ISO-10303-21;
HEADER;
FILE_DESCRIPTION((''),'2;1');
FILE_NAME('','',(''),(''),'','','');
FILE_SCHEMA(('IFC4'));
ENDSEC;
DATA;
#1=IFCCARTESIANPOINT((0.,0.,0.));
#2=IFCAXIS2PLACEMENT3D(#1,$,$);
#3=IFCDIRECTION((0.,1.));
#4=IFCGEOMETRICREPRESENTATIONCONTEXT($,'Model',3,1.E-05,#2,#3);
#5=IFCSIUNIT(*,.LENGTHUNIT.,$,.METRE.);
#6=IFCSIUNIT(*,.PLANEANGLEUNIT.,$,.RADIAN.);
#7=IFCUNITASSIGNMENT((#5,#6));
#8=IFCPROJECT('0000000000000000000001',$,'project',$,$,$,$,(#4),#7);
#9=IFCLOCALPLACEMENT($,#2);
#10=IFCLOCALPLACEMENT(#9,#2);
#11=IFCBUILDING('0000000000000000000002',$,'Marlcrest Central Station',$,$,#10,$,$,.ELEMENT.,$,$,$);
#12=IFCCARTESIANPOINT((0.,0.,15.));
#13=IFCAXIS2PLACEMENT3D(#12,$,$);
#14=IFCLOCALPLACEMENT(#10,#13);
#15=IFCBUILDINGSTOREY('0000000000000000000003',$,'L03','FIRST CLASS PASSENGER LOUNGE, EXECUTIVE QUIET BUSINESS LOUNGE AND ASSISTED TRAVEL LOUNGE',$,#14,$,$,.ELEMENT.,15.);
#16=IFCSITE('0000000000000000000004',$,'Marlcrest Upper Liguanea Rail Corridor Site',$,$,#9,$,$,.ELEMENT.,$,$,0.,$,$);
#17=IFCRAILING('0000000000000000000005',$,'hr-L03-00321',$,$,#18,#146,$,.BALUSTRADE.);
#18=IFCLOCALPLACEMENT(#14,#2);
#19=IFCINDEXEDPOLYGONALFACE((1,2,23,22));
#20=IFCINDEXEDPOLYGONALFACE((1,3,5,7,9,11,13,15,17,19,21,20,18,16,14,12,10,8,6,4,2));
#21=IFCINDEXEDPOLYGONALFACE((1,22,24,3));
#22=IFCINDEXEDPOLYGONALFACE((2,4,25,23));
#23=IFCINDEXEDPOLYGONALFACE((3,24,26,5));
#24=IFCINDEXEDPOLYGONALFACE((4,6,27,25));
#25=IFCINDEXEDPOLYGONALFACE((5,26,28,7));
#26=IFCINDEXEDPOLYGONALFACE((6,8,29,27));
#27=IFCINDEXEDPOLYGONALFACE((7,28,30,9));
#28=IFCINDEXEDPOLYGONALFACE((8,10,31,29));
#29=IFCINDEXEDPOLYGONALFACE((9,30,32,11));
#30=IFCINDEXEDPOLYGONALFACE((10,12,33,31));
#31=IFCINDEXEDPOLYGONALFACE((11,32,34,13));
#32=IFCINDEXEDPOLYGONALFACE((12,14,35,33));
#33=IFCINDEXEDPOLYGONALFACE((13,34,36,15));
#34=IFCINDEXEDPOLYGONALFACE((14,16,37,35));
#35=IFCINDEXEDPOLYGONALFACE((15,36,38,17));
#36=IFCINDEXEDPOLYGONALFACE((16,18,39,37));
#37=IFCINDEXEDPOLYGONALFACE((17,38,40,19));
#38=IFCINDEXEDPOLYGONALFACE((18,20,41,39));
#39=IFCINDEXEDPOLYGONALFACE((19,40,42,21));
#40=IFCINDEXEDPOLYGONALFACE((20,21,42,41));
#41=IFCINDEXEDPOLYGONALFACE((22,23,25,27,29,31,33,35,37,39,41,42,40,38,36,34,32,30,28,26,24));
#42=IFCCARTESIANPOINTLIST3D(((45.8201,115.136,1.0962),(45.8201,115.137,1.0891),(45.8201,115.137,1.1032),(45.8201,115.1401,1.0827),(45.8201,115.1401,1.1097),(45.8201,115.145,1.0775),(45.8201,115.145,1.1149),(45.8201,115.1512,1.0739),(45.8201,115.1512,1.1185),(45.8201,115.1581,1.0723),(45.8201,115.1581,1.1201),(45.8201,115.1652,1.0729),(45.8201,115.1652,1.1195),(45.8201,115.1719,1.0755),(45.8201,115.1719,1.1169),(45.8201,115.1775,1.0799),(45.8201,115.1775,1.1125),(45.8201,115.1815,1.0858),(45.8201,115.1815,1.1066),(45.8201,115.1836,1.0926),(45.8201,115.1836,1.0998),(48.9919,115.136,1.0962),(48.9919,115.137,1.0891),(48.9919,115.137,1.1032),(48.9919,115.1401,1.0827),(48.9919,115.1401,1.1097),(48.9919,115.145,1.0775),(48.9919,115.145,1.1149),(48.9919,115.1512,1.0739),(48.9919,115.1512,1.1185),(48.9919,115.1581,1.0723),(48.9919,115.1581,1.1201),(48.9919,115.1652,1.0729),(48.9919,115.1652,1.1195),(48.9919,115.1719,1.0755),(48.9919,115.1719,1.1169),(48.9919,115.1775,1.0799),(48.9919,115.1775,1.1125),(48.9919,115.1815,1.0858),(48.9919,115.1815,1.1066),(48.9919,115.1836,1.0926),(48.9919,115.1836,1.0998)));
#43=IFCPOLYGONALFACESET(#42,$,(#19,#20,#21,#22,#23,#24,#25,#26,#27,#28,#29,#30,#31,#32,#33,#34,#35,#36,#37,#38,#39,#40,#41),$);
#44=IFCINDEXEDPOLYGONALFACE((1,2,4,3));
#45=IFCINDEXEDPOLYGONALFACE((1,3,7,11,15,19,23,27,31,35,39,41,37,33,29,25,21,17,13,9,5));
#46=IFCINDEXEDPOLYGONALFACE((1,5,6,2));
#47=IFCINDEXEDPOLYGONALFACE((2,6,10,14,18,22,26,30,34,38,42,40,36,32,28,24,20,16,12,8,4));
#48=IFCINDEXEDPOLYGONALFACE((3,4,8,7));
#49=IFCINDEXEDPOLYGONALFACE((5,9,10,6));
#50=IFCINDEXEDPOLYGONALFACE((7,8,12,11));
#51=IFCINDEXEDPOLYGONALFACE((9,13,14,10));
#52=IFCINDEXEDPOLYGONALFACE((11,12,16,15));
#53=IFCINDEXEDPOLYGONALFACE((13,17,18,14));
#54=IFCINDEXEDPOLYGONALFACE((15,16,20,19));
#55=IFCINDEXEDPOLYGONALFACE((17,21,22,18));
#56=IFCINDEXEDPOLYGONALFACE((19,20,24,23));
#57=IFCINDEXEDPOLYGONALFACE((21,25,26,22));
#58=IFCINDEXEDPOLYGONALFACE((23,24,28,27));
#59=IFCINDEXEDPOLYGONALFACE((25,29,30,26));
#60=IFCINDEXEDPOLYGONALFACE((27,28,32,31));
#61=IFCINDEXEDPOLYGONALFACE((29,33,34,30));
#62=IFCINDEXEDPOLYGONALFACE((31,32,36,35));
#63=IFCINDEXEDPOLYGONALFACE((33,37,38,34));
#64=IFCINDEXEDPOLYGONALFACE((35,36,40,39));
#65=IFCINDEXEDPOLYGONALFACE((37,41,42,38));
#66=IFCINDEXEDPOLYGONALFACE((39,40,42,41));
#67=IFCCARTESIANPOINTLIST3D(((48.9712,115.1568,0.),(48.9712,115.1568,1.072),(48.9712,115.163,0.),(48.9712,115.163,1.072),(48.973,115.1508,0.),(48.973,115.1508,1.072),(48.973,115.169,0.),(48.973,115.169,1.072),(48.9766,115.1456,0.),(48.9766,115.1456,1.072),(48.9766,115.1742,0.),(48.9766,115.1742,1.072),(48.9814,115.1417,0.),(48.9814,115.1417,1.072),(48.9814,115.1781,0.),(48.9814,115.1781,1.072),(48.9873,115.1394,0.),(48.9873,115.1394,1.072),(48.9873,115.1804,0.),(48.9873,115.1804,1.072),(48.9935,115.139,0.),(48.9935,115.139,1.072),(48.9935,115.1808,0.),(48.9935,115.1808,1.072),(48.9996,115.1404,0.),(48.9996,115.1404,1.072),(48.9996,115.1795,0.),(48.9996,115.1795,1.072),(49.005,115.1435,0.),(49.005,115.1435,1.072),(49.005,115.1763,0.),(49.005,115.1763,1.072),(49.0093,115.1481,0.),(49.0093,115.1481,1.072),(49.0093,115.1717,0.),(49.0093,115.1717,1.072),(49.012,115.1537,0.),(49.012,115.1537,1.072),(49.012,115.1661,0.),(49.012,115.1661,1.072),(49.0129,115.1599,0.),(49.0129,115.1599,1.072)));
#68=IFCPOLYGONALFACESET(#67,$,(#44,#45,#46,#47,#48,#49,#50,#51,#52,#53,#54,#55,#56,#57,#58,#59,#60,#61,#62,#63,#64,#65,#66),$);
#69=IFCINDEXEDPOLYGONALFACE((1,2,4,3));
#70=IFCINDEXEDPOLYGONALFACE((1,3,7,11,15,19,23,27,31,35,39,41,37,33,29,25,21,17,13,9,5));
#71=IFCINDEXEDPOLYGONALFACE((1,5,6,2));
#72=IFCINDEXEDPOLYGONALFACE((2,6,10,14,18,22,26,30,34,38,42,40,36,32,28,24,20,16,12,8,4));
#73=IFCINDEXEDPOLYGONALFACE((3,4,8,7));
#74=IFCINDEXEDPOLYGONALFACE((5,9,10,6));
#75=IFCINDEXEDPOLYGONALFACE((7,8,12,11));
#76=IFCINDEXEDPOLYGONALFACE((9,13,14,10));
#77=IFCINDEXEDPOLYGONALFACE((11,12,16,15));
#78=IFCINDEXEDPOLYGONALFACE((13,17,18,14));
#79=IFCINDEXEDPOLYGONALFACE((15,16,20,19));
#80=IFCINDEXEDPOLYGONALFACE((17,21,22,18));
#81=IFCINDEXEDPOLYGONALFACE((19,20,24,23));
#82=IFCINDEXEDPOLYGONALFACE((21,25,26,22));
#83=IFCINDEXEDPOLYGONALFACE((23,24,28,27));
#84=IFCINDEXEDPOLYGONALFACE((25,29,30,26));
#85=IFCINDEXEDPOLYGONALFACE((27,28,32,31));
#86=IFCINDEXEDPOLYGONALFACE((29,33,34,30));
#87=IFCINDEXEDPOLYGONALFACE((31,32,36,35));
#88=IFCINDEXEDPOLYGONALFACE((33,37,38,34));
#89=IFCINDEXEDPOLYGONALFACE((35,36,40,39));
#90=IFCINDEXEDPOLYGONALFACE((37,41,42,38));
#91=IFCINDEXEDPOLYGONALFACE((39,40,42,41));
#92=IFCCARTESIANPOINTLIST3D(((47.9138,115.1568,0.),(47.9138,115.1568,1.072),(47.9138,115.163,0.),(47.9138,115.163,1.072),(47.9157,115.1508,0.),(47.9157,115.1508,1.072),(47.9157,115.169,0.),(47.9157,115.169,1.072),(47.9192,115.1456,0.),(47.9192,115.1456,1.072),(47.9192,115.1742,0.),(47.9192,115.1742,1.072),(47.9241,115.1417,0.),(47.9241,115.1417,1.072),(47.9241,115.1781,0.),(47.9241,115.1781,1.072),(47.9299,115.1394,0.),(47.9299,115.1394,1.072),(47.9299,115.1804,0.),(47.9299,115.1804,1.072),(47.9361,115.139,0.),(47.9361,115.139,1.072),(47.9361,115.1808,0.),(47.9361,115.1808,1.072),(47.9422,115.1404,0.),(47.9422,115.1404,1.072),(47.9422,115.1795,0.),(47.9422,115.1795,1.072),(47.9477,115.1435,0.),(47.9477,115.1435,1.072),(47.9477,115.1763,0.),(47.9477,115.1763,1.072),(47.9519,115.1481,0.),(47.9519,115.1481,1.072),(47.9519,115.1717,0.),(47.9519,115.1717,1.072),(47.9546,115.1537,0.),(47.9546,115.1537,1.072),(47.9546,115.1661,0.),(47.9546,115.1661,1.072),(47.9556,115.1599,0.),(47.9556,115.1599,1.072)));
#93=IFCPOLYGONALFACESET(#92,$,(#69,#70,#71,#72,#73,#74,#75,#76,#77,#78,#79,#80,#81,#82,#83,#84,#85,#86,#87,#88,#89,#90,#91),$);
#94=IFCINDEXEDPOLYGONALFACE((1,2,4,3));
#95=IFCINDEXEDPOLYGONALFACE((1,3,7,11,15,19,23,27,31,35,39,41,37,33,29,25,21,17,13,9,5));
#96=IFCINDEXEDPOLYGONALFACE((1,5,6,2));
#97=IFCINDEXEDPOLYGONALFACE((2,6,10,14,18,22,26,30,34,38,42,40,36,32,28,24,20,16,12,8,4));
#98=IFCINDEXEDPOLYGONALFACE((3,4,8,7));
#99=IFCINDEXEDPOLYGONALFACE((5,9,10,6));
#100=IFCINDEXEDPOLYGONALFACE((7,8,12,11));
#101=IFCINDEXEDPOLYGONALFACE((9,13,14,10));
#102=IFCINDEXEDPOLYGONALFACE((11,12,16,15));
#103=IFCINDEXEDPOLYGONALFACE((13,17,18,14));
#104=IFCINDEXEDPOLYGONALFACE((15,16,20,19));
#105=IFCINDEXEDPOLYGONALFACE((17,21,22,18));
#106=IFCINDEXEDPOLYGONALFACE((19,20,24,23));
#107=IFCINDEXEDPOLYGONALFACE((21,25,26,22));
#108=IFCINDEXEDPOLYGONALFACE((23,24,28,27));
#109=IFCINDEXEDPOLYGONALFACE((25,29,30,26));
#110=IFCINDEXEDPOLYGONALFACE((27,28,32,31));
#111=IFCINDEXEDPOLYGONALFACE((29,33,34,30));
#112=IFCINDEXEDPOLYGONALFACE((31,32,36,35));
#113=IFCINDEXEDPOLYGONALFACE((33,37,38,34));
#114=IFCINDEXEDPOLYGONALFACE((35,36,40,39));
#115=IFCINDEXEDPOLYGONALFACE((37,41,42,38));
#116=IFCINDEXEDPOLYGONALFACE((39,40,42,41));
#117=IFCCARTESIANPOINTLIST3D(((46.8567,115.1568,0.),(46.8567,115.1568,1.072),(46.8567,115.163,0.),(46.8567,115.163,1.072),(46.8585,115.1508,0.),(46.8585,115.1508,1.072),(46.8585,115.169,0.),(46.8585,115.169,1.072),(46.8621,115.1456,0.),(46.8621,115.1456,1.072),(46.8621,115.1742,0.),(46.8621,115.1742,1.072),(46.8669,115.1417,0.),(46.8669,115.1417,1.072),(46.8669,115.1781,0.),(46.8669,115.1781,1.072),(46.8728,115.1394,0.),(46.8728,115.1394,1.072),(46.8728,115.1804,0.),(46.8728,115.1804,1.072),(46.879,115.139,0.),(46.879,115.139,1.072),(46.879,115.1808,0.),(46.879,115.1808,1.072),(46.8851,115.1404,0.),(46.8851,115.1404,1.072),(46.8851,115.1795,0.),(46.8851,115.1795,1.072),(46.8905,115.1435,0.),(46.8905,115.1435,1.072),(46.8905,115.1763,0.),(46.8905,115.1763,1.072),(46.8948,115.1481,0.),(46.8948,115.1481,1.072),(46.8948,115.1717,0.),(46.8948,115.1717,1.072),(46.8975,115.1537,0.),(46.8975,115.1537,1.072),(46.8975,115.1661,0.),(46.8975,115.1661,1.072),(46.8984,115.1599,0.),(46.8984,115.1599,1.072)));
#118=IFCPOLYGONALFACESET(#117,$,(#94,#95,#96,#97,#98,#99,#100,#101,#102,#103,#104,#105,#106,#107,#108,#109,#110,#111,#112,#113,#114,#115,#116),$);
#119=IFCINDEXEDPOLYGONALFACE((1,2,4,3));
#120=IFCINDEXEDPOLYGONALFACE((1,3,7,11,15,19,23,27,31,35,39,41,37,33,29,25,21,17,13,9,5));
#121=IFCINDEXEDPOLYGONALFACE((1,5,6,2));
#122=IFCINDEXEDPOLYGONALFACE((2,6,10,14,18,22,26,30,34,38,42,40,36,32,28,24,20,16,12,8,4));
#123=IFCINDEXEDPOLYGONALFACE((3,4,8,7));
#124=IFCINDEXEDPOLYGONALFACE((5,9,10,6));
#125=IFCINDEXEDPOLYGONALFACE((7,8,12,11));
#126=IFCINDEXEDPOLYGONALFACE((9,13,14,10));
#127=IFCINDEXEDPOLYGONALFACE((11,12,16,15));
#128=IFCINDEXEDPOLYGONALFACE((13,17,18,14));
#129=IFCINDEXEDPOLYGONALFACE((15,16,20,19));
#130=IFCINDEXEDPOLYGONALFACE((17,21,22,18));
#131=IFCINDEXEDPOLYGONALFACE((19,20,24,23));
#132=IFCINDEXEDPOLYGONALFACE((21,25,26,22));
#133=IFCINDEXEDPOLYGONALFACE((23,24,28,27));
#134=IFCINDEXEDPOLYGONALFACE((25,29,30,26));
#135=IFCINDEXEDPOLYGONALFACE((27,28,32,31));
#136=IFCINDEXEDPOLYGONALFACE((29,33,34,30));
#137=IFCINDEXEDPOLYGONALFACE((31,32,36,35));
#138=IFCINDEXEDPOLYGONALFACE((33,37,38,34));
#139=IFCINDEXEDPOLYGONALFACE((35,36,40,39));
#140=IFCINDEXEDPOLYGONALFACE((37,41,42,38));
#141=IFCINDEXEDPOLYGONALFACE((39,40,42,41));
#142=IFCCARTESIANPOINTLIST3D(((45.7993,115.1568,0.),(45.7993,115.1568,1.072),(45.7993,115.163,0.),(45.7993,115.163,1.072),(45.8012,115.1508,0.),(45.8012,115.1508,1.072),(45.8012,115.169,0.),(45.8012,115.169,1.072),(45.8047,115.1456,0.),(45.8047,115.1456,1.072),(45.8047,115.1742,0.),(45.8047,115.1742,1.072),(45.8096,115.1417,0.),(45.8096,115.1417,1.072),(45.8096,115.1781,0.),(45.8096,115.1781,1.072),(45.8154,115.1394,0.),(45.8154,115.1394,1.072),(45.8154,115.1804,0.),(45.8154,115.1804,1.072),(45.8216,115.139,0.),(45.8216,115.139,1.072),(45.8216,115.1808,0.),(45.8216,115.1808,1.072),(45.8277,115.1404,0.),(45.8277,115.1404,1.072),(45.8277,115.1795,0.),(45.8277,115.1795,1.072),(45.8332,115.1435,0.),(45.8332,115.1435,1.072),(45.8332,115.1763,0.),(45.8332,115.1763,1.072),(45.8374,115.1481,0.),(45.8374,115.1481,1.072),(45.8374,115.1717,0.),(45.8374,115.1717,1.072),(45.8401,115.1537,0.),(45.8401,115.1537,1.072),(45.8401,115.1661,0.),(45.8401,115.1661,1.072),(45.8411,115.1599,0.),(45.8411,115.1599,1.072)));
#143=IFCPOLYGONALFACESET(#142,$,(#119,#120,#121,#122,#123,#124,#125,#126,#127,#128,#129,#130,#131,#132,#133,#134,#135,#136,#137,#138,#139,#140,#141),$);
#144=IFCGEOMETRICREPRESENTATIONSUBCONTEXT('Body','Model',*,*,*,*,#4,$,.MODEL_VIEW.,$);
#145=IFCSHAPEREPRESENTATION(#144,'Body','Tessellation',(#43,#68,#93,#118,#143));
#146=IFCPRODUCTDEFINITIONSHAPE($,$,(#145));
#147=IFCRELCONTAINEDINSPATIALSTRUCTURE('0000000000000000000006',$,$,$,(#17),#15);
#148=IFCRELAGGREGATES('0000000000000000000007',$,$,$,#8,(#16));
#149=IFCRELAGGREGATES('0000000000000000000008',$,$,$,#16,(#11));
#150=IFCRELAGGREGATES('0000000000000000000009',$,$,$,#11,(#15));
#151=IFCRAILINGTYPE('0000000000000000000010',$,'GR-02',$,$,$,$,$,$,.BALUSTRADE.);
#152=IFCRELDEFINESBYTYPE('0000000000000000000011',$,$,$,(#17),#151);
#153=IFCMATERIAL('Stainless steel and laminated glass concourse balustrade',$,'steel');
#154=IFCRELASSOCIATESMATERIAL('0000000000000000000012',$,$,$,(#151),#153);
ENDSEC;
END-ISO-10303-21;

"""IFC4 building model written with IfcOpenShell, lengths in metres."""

from ifc_helpers import new_model, si_unit, direction, frame, origin, origin_2d, place, context, subcontext, project, spatial, circle, extrude, material, type_object, element, save


model = new_model("IFC4")

# Units and contexts
model_context = context("Model", 3, precision=1e-05, world=origin(), true_north=direction((0.0, 1.0)))
body_context = subcontext(model_context, "Body", "Model", "MODEL_VIEW")
ifc_project = project(units=[si_unit("LENGTHUNIT", "METRE"), si_unit("PLANEANGLEUNIT", "RADIAN")], contexts=[model_context])

# Site, building, storey
site_placement = place(None, origin())
site = spatial("IfcSite", under=ifc_project, at=site_placement, Name="Marlcrest Upper Liguanea Rail Corridor Site", CompositionType="ELEMENT", RefElevation=0.0)
building_placement = place(site_placement, origin())
building = spatial("IfcBuilding", under=site, at=building_placement, Name="Marlcrest Central Station", CompositionType="ELEMENT")
storey_placement = place(building_placement, frame((0.0, 0.0, 15.0)))
storey = spatial("IfcBuildingStorey", under=building, at=storey_placement, Name="L03", Description="FIRST CLASS PASSENGER LOUNGE, EXECUTIVE QUIET BUSINESS LOUNGE AND ASSISTED TRAVEL LOUNGE", CompositionType="ELEMENT", Elevation=15.0)

# Railing
ifc_material_1 = material(Name="Stainless steel and laminated glass concourse balustrade", Category="steel")
railing_type_1 = type_object("IfcRailingType", Name="GR-02", PredefinedType="BALUSTRADE", material=ifc_material_1)
railing_1_placement = place(storey_placement, frame((48.9919, 115.1599, 0.0)))
element("IfcRailing", 1, at=railing_1_placement, inside=storey, type_object=railing_type_1, Name="hr-L03-00321", PredefinedType="BALUSTRADE", context=body_context, shape_type="SweptSolid", body=[
    extrude(circle(Radius=0.0239, at=origin_2d()), frame((0.0, 0.0, 1.0962), z_axis=(-1.0, 0.0, 0.0), x_axis=(0.0, -1.0, 0.0)), (0.0, 0.0, 1.0), 3.1719),
    extrude(circle(Radius=0.021, at=origin_2d()), origin(), (0.0, 0.0, 1.0), 1.072),
    extrude(circle(Radius=0.021, at=origin_2d()), frame((-1.0574, 0.0, 0.0)), (0.0, 0.0, 1.0), 1.072),
    extrude(circle(Radius=0.021, at=origin_2d()), frame((-2.1145, 0.0, 0.0)), (0.0, 0.0, 1.0), 1.072),
    extrude(circle(Radius=0.021, at=origin_2d()), frame((-3.1719, 0.0, 0.0)), (0.0, 0.0, 1.0), 1.072),
])

save(model, "model.ifc")
